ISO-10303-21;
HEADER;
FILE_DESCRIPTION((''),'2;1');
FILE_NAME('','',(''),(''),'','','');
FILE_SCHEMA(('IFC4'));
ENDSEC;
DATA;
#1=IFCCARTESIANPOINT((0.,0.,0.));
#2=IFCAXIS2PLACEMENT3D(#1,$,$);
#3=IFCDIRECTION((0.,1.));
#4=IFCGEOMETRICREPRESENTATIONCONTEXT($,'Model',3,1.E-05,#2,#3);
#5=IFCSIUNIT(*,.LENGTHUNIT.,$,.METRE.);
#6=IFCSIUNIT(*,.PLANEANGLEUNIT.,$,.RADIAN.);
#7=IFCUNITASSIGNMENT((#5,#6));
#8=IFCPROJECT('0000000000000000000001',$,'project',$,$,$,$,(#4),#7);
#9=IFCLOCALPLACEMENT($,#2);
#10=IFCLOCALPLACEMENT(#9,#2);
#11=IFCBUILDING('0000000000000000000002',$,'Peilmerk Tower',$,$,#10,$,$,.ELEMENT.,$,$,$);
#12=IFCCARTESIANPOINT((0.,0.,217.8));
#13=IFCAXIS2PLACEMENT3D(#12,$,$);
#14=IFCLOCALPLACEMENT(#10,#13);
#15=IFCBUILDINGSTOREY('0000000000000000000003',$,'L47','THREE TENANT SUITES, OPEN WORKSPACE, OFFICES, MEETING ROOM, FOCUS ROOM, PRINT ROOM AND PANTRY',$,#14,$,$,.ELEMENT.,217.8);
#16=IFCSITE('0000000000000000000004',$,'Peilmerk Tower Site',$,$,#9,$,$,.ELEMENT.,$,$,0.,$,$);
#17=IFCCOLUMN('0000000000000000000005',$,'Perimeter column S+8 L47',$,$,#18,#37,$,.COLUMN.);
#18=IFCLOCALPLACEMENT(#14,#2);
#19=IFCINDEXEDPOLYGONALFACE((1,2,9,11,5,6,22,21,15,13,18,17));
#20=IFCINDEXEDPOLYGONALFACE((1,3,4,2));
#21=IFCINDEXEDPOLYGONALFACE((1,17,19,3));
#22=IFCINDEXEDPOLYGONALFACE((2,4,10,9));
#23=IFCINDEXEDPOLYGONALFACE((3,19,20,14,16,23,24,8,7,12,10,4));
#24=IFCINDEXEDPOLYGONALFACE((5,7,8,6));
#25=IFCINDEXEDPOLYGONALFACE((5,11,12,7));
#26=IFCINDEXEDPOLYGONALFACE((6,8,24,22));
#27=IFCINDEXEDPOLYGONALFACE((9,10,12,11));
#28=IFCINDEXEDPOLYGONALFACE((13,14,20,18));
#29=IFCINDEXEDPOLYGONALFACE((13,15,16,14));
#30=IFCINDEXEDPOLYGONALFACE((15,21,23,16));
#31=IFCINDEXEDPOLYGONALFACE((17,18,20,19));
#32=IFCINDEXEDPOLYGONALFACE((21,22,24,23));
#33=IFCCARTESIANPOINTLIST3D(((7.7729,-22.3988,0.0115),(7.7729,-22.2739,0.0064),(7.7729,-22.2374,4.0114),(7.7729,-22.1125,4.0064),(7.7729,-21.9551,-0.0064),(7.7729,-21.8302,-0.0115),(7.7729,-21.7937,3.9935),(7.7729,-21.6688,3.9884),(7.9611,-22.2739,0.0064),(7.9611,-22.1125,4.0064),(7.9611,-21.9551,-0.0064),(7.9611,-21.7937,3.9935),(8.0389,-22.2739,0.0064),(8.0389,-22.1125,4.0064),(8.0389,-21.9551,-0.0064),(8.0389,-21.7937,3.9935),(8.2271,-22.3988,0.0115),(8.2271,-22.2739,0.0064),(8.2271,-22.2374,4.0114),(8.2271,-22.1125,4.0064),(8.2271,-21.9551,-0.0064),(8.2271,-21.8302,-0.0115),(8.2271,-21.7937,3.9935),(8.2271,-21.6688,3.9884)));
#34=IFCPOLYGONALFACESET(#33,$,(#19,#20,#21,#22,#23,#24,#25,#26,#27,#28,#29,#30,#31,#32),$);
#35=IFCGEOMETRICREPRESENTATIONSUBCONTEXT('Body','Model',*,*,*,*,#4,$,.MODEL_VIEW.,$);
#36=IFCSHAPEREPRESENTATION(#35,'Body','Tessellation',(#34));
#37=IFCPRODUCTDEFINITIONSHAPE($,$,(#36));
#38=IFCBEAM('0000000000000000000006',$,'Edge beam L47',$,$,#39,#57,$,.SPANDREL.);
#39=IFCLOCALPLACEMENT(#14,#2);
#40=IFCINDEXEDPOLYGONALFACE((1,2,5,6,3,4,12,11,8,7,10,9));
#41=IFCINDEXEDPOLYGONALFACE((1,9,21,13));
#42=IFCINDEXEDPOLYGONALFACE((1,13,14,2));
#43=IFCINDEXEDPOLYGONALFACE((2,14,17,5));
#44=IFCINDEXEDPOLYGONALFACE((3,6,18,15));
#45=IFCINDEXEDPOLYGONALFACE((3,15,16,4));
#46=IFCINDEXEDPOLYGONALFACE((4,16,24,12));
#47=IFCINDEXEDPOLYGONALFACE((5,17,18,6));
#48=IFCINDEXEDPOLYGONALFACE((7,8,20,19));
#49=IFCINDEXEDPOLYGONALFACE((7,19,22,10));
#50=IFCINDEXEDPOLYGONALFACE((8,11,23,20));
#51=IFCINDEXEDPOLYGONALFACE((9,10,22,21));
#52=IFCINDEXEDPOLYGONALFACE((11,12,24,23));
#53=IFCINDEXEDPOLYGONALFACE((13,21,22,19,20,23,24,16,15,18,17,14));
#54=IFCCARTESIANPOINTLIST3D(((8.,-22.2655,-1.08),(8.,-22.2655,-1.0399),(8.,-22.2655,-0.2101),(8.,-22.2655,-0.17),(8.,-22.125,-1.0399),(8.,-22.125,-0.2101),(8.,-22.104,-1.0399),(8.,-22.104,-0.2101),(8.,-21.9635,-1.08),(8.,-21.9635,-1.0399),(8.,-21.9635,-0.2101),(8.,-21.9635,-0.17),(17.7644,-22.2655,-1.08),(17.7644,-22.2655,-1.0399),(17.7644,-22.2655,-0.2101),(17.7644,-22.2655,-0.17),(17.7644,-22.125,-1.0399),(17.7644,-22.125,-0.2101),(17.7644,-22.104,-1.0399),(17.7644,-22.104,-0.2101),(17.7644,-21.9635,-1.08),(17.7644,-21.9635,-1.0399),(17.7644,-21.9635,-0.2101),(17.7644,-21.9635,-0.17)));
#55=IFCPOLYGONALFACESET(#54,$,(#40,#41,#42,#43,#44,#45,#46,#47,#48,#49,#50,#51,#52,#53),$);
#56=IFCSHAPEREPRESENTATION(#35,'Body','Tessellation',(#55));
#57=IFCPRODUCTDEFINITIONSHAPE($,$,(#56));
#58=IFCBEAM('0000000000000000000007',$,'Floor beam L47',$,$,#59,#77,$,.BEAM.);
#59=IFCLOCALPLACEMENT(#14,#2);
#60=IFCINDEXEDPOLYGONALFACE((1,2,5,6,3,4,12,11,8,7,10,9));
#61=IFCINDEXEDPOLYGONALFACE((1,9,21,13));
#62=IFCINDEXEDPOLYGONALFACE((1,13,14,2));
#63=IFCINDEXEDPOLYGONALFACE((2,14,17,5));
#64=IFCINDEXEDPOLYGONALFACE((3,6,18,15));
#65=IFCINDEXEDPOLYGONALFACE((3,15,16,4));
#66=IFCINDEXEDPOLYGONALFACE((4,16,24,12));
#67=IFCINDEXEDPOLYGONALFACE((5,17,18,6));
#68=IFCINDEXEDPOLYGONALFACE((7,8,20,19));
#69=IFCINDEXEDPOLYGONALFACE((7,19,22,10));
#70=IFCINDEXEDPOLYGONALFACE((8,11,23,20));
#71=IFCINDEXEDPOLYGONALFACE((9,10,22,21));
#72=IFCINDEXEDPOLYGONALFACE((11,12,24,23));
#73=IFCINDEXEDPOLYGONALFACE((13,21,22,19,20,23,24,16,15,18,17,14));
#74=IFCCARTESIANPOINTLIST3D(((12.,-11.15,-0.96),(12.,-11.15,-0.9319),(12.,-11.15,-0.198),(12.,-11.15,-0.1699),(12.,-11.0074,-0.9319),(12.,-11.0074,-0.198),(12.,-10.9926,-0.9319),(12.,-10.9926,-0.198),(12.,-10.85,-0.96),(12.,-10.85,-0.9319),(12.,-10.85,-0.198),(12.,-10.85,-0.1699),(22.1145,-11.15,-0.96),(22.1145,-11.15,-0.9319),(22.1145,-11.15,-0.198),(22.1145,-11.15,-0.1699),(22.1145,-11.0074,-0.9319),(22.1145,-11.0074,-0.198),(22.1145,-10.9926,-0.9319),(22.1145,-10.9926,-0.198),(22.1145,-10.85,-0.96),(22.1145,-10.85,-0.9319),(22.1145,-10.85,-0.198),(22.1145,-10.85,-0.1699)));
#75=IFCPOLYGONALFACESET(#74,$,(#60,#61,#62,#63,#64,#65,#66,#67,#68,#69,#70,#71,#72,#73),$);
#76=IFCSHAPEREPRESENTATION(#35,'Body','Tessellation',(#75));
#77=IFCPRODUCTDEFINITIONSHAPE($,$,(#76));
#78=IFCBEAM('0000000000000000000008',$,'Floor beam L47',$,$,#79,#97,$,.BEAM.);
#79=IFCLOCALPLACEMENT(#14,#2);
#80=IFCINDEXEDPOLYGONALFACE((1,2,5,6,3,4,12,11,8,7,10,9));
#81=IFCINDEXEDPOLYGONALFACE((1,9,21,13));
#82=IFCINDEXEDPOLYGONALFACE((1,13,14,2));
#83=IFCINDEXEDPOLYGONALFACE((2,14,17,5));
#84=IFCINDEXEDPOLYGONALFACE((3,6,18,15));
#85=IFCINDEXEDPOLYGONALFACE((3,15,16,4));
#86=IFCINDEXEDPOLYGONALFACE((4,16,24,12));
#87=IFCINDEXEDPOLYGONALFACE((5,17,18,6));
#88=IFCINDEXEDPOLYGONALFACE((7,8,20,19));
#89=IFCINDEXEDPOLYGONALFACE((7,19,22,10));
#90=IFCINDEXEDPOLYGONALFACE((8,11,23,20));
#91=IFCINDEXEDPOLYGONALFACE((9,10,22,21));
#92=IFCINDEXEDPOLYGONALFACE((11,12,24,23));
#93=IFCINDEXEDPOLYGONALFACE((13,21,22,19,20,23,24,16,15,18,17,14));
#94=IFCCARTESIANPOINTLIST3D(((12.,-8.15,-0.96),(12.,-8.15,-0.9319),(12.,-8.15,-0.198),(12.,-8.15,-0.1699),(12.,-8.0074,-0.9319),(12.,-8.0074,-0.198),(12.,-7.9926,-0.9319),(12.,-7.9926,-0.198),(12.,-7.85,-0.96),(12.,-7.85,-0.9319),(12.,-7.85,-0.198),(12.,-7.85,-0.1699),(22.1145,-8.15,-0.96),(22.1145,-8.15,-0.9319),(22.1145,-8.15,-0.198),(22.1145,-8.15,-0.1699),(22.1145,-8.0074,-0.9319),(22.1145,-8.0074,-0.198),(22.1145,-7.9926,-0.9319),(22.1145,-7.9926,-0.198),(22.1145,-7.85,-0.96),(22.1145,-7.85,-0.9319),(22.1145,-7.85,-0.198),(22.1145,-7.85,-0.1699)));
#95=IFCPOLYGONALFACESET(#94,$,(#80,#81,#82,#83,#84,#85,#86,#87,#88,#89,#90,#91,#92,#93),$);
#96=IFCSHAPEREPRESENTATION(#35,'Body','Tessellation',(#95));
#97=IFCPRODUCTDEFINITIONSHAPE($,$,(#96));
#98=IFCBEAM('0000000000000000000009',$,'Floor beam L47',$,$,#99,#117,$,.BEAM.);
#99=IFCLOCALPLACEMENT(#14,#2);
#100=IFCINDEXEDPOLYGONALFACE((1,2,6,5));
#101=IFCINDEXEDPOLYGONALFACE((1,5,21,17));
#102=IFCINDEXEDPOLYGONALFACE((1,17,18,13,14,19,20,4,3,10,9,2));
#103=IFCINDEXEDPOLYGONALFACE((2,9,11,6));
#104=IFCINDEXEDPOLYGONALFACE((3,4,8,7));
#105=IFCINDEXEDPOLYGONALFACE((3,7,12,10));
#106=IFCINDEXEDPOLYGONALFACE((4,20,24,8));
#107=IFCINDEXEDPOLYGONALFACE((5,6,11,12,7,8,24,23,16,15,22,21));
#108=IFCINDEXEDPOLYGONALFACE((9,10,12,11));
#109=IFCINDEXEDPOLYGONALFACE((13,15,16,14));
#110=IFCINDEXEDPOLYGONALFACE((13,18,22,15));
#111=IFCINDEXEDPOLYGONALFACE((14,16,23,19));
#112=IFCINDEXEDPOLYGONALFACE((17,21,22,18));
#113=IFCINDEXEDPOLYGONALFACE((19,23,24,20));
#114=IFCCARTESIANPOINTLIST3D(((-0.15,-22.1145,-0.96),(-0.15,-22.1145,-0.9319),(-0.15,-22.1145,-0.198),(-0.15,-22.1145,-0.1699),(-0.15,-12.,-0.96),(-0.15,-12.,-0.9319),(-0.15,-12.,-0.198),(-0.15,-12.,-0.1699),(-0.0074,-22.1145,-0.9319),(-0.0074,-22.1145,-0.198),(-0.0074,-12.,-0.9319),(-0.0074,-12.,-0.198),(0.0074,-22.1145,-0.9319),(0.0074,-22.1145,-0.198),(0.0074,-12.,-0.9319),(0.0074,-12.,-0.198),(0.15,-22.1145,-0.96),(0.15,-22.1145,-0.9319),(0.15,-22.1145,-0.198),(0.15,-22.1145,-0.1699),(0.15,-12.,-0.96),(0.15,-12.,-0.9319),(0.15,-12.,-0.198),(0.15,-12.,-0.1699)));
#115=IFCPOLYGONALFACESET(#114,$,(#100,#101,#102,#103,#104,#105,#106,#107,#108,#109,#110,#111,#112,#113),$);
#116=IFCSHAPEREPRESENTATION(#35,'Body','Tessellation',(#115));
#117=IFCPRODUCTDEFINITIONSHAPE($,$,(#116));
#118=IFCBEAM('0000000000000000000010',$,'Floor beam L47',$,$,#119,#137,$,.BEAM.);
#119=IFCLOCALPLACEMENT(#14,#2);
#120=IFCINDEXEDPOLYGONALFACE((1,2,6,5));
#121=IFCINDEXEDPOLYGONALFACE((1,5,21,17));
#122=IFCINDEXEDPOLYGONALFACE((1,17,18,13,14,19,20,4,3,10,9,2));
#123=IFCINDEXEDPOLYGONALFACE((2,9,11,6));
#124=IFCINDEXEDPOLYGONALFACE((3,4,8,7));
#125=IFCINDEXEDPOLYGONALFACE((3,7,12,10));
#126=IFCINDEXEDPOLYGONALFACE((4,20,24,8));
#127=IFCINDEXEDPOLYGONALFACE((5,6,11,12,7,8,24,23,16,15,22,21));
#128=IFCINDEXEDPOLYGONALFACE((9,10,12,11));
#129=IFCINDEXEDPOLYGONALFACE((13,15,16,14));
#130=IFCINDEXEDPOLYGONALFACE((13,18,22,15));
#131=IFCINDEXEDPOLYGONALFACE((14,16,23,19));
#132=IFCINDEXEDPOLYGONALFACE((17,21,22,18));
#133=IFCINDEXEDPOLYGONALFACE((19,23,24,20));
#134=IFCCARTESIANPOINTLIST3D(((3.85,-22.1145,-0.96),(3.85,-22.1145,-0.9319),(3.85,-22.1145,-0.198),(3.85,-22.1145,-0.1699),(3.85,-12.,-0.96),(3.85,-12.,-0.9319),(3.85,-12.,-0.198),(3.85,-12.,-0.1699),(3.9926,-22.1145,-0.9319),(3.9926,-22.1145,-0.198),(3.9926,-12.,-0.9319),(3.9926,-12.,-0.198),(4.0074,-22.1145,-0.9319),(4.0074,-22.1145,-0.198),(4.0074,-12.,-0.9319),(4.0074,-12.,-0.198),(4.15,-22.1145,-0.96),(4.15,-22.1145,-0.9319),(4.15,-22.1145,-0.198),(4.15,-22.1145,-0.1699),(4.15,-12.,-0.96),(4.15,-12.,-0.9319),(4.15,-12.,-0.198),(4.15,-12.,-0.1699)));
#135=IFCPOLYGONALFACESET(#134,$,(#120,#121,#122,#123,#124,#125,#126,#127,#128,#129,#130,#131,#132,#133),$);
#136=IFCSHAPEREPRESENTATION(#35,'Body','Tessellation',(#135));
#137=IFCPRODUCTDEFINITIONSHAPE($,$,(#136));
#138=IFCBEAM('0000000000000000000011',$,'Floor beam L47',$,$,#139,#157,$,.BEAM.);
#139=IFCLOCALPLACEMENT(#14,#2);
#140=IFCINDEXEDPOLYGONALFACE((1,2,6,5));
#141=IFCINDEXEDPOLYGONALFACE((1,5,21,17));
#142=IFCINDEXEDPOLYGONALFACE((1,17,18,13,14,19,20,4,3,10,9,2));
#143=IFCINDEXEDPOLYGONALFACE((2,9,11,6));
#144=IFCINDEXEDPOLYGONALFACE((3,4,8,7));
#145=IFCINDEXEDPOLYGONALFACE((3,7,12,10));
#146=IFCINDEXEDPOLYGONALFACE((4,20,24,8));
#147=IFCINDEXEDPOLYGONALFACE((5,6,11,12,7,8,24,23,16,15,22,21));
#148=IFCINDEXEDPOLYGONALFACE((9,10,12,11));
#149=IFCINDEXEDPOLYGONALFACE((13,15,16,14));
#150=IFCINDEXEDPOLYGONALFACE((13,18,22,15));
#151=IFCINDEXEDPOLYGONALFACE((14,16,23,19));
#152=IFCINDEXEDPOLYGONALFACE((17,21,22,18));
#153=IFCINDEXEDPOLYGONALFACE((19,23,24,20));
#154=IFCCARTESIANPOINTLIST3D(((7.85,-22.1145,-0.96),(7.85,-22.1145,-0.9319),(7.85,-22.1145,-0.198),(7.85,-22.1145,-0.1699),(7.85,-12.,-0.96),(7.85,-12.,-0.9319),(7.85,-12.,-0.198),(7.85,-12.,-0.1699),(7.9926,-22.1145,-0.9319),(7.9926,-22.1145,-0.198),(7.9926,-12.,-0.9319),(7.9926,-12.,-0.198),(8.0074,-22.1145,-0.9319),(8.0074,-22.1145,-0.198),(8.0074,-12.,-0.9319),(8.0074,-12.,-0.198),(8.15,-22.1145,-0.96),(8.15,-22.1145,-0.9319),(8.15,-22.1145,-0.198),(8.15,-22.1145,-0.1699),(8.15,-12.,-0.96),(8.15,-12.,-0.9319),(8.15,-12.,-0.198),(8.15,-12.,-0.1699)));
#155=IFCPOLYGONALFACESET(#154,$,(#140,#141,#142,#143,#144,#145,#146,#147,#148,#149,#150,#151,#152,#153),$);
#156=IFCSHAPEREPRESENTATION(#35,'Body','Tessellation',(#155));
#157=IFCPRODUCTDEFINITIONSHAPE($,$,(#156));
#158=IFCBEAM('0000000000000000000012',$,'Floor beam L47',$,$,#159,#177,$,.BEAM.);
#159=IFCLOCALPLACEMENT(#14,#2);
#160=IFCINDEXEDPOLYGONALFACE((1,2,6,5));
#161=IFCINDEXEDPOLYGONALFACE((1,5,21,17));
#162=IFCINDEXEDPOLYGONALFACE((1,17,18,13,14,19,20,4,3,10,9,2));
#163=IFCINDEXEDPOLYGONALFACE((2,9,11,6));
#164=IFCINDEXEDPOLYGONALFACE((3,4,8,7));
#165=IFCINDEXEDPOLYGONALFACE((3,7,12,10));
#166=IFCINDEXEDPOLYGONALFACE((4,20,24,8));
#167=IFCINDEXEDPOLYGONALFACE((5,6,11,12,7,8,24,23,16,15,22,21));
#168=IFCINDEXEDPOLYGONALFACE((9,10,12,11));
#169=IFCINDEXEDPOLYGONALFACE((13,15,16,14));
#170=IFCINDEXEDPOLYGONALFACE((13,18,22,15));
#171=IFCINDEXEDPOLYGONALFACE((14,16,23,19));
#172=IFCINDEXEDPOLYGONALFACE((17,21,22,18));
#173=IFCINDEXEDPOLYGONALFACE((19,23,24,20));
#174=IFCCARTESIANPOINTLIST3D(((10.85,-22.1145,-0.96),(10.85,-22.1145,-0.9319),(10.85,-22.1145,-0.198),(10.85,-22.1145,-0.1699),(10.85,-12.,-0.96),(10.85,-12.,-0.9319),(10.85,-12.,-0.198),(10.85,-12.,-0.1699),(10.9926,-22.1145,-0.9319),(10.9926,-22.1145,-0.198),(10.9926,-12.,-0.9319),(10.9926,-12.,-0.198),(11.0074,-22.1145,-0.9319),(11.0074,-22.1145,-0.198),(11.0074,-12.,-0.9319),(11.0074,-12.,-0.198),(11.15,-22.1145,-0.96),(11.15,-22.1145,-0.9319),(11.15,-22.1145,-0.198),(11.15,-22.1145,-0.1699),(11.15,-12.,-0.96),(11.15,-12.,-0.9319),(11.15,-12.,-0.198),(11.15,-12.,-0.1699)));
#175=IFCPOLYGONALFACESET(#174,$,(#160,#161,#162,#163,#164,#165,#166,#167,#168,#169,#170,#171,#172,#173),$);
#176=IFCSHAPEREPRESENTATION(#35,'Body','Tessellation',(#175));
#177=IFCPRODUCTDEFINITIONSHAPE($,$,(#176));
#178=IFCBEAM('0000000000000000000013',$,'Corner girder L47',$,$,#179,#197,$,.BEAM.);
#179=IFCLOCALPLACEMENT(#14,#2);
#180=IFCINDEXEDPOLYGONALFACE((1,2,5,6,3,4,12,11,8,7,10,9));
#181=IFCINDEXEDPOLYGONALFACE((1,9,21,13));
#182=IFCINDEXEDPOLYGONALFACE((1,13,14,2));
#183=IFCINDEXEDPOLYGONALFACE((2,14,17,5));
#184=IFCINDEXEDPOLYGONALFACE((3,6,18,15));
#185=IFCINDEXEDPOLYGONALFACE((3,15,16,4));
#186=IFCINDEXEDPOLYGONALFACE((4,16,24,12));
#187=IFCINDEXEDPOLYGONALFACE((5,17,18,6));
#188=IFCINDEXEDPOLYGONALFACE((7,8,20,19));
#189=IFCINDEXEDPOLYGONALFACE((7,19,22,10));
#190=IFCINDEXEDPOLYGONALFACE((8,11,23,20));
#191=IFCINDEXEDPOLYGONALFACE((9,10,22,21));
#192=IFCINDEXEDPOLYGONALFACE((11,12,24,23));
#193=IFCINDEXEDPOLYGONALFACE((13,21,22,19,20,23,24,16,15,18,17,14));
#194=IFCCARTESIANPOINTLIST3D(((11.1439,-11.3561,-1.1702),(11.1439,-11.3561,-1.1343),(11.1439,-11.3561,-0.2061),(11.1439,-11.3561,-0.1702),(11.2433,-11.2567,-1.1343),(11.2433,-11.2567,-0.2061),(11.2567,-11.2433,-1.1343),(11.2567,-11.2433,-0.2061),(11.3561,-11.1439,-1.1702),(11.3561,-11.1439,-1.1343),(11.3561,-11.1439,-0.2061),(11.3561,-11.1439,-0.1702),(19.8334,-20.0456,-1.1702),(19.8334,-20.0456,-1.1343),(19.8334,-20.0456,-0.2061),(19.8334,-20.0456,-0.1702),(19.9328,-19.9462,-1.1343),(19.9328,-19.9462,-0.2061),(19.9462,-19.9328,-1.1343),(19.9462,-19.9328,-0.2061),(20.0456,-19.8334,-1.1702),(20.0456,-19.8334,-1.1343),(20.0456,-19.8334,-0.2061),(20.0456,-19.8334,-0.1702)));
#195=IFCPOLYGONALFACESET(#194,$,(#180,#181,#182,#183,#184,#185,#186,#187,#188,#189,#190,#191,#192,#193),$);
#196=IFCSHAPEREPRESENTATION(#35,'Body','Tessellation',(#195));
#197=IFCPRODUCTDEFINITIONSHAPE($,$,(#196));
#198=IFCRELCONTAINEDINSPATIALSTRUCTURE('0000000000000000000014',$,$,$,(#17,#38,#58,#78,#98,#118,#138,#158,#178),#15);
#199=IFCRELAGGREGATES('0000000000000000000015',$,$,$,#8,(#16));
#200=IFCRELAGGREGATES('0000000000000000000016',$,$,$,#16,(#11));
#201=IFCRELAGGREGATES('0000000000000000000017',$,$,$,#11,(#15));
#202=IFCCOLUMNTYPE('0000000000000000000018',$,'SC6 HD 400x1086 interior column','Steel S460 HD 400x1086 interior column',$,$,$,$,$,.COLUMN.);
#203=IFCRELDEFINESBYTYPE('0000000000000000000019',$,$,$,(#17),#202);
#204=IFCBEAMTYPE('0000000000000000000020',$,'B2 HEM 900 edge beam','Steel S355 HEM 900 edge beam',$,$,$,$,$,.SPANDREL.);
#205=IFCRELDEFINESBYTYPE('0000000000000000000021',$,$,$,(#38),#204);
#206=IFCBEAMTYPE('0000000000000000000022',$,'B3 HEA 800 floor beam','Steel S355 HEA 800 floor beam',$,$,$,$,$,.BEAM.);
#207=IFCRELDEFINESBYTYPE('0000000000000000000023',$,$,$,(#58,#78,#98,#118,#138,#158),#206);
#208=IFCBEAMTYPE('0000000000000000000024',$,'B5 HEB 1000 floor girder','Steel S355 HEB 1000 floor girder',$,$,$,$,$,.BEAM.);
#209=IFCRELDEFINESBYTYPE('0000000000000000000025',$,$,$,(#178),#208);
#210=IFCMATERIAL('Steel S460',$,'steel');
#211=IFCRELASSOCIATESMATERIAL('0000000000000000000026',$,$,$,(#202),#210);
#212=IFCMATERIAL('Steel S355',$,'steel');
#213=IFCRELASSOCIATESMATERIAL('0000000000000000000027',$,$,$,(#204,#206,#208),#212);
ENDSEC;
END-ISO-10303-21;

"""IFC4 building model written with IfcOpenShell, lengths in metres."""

from ifc_helpers import new_model, si_unit, direction, frame, origin, origin_2d, place, context, subcontext, project, spatial, i_section, extrude, material, material_profile, profile_set, type_object, element, save


model = new_model("IFC4")

# Units and contexts
model_context = context("Model", 3, precision=1e-05, world=origin(), true_north=direction((0.0, 1.0)))
body_context = subcontext(model_context, "Body", "Model", "MODEL_VIEW")
ifc_project = project(units=[si_unit("LENGTHUNIT", "METRE"), si_unit("PLANEANGLEUNIT", "RADIAN")], contexts=[model_context])

# Site, building, storey
site_placement = place(None, origin())
site = spatial("IfcSite", under=ifc_project, at=site_placement, Name="Peilmerk Tower Site", CompositionType="ELEMENT", RefElevation=0.0)
building_placement = place(site_placement, origin())
building = spatial("IfcBuilding", under=site, at=building_placement, Name="Peilmerk Tower", CompositionType="ELEMENT")
storey_placement = place(building_placement, frame((0.0, 0.0, 217.8)))
storey = spatial("IfcBuildingStorey", under=building, at=storey_placement, Name="L47", Description="THREE TENANT SUITES, OPEN WORKSPACE, OFFICES, MEETING ROOM, FOCUS ROOM, PRINT ROOM AND PANTRY", CompositionType="ELEMENT", Elevation=217.8)

# Column
ifc_material_1 = material(Name="Steel S460", Category="steel")
ifc_material_profile_1 = material_profile(ifc_material_1, i_section(OverallWidth=0.4541, OverallDepth=0.5691, WebThickness=0.0779, FlangeThickness=0.125, at=origin_2d()), Name="HD 400x1086")
ifc_profile_set_1 = profile_set([ifc_material_profile_1], Name="Steel S460")
column_type = type_object("IfcColumnType", Name="SC6 HD 400x1086 interior column", Description="Steel S460 HD 400x1086 interior column", PredefinedType="COLUMN", material=ifc_profile_set_1)
column_placement = place(storey_placement, frame((8.0, -22.1145, 0.0), z_axis=(0.0, 0.040311, 0.999187), x_axis=(-1.0, 0.0, 0.0)))
element("IfcColumn", 1, at=column_placement, inside=storey, type_object=column_type, Name="Perimeter column S+8 L47", PredefinedType="COLUMN", context=body_context, shape_type="SweptSolid", body=[
    extrude(i_section(OverallWidth=0.4541, OverallDepth=0.5691, WebThickness=0.0779, FlangeThickness=0.125, at=origin_2d()), origin(), (0.0, 0.0, 1.0), 4.0032),
])

# Beams
ifc_material_2 = material(Name="Steel S355", Category="steel")
ifc_material_profile_2 = material_profile(ifc_material_2, i_section(OverallWidth=0.302, OverallDepth=0.9099, WebThickness=0.021, FlangeThickness=0.04, at=origin_2d()), Name="HEM 900")
ifc_profile_set_2 = profile_set([ifc_material_profile_2], Name="Steel S355")
beam_type_1 = type_object("IfcBeamType", Name="B2 HEM 900 edge beam", Description="Steel S355 HEM 900 edge beam", PredefinedType="SPANDREL", material=ifc_profile_set_2)
beam_1_placement = place(storey_placement, frame((8.0, -22.1145, -0.625), z_axis=(1.0, 0.0, 0.0), x_axis=(0.0, 1.0, 0.0)))
element("IfcBeam", 2, at=beam_1_placement, inside=storey, type_object=beam_type_1, Name="Edge beam L47", PredefinedType="SPANDREL", context=body_context, shape_type="SweptSolid", body=[
    extrude(i_section(OverallWidth=0.302, OverallDepth=0.9099, WebThickness=0.021, FlangeThickness=0.04, at=origin_2d()), origin(), (0.0, 0.0, 1.0), 9.7644),
])
ifc_material_profile_3 = material_profile(ifc_material_2, i_section(OverallWidth=0.3, OverallDepth=0.79, WebThickness=0.0149, FlangeThickness=0.0281, at=origin_2d()), Name="HEA 800")
ifc_profile_set_3 = profile_set([ifc_material_profile_3], Name="Steel S355")
beam_type_2 = type_object("IfcBeamType", Name="B3 HEA 800 floor beam", Description="Steel S355 HEA 800 floor beam", PredefinedType="BEAM", material=ifc_profile_set_3)
for number, where, z_axis, x_axis, name in (
    (3, (12.0, -11.0, -0.5649), (1.0, 0.0, 0.0), (0.0, 1.0, 0.0), "Floor beam L47"),
    (4, (12.0, -8.0, -0.5649), (1.0, 0.0, 0.0), (0.0, 1.0, 0.0), "Floor beam L47"),
    (5, (0.0, -12.0, -0.5649), (0.0, -1.0, 0.0), (1.0, 0.0, 0.0), "Floor beam L47"),
    (6, (4.0, -12.0, -0.5649), (0.0, -1.0, 0.0), (1.0, 0.0, 0.0), "Floor beam L47"),
    (7, (8.0, -12.0, -0.5649), (0.0, -1.0, 0.0), (1.0, 0.0, 0.0), "Floor beam L47"),
    (8, (11.0, -12.0, -0.5649), (0.0, -1.0, 0.0), (1.0, 0.0, 0.0), "Floor beam L47"),
):
    element("IfcBeam", number, at=place(storey_placement, frame(where, z_axis=z_axis, x_axis=x_axis)), inside=storey, type_object=beam_type_2, Name=name, PredefinedType="BEAM", context=body_context, shape_type="SweptSolid", body=[
        extrude(i_section(OverallWidth=0.3, OverallDepth=0.79, WebThickness=0.0149, FlangeThickness=0.0281, at=origin_2d()), origin(), (0.0, 0.0, 1.0), 10.1145),
    ])
ifc_material_profile_4 = material_profile(ifc_material_2, i_section(OverallWidth=0.3, OverallDepth=1.0, WebThickness=0.019, FlangeThickness=0.0359, at=origin_2d()), Name="HEB 1000")
ifc_profile_set_4 = profile_set([ifc_material_profile_4], Name="Steel S355")
beam_type_3 = type_object("IfcBeamType", Name="B5 HEB 1000 floor girder", Description="Steel S355 HEB 1000 floor girder", PredefinedType="BEAM", material=ifc_profile_set_4)
beam_2_placement = place(storey_placement, frame((11.25, -11.25, -0.6702), z_axis=(0.707107, -0.707107, 0.0), x_axis=(0.707107, 0.707107, 0.0)))
element("IfcBeam", 9, at=beam_2_placement, inside=storey, type_object=beam_type_3, Name="Corner girder L47", PredefinedType="BEAM", context=body_context, shape_type="SweptSolid", body=[
    extrude(i_section(OverallWidth=0.3, OverallDepth=1.0, WebThickness=0.019, FlangeThickness=0.0359, at=origin_2d()), origin(), (0.0, 0.0, 1.0), 12.2888),
])

save(model, "model.ifc")
